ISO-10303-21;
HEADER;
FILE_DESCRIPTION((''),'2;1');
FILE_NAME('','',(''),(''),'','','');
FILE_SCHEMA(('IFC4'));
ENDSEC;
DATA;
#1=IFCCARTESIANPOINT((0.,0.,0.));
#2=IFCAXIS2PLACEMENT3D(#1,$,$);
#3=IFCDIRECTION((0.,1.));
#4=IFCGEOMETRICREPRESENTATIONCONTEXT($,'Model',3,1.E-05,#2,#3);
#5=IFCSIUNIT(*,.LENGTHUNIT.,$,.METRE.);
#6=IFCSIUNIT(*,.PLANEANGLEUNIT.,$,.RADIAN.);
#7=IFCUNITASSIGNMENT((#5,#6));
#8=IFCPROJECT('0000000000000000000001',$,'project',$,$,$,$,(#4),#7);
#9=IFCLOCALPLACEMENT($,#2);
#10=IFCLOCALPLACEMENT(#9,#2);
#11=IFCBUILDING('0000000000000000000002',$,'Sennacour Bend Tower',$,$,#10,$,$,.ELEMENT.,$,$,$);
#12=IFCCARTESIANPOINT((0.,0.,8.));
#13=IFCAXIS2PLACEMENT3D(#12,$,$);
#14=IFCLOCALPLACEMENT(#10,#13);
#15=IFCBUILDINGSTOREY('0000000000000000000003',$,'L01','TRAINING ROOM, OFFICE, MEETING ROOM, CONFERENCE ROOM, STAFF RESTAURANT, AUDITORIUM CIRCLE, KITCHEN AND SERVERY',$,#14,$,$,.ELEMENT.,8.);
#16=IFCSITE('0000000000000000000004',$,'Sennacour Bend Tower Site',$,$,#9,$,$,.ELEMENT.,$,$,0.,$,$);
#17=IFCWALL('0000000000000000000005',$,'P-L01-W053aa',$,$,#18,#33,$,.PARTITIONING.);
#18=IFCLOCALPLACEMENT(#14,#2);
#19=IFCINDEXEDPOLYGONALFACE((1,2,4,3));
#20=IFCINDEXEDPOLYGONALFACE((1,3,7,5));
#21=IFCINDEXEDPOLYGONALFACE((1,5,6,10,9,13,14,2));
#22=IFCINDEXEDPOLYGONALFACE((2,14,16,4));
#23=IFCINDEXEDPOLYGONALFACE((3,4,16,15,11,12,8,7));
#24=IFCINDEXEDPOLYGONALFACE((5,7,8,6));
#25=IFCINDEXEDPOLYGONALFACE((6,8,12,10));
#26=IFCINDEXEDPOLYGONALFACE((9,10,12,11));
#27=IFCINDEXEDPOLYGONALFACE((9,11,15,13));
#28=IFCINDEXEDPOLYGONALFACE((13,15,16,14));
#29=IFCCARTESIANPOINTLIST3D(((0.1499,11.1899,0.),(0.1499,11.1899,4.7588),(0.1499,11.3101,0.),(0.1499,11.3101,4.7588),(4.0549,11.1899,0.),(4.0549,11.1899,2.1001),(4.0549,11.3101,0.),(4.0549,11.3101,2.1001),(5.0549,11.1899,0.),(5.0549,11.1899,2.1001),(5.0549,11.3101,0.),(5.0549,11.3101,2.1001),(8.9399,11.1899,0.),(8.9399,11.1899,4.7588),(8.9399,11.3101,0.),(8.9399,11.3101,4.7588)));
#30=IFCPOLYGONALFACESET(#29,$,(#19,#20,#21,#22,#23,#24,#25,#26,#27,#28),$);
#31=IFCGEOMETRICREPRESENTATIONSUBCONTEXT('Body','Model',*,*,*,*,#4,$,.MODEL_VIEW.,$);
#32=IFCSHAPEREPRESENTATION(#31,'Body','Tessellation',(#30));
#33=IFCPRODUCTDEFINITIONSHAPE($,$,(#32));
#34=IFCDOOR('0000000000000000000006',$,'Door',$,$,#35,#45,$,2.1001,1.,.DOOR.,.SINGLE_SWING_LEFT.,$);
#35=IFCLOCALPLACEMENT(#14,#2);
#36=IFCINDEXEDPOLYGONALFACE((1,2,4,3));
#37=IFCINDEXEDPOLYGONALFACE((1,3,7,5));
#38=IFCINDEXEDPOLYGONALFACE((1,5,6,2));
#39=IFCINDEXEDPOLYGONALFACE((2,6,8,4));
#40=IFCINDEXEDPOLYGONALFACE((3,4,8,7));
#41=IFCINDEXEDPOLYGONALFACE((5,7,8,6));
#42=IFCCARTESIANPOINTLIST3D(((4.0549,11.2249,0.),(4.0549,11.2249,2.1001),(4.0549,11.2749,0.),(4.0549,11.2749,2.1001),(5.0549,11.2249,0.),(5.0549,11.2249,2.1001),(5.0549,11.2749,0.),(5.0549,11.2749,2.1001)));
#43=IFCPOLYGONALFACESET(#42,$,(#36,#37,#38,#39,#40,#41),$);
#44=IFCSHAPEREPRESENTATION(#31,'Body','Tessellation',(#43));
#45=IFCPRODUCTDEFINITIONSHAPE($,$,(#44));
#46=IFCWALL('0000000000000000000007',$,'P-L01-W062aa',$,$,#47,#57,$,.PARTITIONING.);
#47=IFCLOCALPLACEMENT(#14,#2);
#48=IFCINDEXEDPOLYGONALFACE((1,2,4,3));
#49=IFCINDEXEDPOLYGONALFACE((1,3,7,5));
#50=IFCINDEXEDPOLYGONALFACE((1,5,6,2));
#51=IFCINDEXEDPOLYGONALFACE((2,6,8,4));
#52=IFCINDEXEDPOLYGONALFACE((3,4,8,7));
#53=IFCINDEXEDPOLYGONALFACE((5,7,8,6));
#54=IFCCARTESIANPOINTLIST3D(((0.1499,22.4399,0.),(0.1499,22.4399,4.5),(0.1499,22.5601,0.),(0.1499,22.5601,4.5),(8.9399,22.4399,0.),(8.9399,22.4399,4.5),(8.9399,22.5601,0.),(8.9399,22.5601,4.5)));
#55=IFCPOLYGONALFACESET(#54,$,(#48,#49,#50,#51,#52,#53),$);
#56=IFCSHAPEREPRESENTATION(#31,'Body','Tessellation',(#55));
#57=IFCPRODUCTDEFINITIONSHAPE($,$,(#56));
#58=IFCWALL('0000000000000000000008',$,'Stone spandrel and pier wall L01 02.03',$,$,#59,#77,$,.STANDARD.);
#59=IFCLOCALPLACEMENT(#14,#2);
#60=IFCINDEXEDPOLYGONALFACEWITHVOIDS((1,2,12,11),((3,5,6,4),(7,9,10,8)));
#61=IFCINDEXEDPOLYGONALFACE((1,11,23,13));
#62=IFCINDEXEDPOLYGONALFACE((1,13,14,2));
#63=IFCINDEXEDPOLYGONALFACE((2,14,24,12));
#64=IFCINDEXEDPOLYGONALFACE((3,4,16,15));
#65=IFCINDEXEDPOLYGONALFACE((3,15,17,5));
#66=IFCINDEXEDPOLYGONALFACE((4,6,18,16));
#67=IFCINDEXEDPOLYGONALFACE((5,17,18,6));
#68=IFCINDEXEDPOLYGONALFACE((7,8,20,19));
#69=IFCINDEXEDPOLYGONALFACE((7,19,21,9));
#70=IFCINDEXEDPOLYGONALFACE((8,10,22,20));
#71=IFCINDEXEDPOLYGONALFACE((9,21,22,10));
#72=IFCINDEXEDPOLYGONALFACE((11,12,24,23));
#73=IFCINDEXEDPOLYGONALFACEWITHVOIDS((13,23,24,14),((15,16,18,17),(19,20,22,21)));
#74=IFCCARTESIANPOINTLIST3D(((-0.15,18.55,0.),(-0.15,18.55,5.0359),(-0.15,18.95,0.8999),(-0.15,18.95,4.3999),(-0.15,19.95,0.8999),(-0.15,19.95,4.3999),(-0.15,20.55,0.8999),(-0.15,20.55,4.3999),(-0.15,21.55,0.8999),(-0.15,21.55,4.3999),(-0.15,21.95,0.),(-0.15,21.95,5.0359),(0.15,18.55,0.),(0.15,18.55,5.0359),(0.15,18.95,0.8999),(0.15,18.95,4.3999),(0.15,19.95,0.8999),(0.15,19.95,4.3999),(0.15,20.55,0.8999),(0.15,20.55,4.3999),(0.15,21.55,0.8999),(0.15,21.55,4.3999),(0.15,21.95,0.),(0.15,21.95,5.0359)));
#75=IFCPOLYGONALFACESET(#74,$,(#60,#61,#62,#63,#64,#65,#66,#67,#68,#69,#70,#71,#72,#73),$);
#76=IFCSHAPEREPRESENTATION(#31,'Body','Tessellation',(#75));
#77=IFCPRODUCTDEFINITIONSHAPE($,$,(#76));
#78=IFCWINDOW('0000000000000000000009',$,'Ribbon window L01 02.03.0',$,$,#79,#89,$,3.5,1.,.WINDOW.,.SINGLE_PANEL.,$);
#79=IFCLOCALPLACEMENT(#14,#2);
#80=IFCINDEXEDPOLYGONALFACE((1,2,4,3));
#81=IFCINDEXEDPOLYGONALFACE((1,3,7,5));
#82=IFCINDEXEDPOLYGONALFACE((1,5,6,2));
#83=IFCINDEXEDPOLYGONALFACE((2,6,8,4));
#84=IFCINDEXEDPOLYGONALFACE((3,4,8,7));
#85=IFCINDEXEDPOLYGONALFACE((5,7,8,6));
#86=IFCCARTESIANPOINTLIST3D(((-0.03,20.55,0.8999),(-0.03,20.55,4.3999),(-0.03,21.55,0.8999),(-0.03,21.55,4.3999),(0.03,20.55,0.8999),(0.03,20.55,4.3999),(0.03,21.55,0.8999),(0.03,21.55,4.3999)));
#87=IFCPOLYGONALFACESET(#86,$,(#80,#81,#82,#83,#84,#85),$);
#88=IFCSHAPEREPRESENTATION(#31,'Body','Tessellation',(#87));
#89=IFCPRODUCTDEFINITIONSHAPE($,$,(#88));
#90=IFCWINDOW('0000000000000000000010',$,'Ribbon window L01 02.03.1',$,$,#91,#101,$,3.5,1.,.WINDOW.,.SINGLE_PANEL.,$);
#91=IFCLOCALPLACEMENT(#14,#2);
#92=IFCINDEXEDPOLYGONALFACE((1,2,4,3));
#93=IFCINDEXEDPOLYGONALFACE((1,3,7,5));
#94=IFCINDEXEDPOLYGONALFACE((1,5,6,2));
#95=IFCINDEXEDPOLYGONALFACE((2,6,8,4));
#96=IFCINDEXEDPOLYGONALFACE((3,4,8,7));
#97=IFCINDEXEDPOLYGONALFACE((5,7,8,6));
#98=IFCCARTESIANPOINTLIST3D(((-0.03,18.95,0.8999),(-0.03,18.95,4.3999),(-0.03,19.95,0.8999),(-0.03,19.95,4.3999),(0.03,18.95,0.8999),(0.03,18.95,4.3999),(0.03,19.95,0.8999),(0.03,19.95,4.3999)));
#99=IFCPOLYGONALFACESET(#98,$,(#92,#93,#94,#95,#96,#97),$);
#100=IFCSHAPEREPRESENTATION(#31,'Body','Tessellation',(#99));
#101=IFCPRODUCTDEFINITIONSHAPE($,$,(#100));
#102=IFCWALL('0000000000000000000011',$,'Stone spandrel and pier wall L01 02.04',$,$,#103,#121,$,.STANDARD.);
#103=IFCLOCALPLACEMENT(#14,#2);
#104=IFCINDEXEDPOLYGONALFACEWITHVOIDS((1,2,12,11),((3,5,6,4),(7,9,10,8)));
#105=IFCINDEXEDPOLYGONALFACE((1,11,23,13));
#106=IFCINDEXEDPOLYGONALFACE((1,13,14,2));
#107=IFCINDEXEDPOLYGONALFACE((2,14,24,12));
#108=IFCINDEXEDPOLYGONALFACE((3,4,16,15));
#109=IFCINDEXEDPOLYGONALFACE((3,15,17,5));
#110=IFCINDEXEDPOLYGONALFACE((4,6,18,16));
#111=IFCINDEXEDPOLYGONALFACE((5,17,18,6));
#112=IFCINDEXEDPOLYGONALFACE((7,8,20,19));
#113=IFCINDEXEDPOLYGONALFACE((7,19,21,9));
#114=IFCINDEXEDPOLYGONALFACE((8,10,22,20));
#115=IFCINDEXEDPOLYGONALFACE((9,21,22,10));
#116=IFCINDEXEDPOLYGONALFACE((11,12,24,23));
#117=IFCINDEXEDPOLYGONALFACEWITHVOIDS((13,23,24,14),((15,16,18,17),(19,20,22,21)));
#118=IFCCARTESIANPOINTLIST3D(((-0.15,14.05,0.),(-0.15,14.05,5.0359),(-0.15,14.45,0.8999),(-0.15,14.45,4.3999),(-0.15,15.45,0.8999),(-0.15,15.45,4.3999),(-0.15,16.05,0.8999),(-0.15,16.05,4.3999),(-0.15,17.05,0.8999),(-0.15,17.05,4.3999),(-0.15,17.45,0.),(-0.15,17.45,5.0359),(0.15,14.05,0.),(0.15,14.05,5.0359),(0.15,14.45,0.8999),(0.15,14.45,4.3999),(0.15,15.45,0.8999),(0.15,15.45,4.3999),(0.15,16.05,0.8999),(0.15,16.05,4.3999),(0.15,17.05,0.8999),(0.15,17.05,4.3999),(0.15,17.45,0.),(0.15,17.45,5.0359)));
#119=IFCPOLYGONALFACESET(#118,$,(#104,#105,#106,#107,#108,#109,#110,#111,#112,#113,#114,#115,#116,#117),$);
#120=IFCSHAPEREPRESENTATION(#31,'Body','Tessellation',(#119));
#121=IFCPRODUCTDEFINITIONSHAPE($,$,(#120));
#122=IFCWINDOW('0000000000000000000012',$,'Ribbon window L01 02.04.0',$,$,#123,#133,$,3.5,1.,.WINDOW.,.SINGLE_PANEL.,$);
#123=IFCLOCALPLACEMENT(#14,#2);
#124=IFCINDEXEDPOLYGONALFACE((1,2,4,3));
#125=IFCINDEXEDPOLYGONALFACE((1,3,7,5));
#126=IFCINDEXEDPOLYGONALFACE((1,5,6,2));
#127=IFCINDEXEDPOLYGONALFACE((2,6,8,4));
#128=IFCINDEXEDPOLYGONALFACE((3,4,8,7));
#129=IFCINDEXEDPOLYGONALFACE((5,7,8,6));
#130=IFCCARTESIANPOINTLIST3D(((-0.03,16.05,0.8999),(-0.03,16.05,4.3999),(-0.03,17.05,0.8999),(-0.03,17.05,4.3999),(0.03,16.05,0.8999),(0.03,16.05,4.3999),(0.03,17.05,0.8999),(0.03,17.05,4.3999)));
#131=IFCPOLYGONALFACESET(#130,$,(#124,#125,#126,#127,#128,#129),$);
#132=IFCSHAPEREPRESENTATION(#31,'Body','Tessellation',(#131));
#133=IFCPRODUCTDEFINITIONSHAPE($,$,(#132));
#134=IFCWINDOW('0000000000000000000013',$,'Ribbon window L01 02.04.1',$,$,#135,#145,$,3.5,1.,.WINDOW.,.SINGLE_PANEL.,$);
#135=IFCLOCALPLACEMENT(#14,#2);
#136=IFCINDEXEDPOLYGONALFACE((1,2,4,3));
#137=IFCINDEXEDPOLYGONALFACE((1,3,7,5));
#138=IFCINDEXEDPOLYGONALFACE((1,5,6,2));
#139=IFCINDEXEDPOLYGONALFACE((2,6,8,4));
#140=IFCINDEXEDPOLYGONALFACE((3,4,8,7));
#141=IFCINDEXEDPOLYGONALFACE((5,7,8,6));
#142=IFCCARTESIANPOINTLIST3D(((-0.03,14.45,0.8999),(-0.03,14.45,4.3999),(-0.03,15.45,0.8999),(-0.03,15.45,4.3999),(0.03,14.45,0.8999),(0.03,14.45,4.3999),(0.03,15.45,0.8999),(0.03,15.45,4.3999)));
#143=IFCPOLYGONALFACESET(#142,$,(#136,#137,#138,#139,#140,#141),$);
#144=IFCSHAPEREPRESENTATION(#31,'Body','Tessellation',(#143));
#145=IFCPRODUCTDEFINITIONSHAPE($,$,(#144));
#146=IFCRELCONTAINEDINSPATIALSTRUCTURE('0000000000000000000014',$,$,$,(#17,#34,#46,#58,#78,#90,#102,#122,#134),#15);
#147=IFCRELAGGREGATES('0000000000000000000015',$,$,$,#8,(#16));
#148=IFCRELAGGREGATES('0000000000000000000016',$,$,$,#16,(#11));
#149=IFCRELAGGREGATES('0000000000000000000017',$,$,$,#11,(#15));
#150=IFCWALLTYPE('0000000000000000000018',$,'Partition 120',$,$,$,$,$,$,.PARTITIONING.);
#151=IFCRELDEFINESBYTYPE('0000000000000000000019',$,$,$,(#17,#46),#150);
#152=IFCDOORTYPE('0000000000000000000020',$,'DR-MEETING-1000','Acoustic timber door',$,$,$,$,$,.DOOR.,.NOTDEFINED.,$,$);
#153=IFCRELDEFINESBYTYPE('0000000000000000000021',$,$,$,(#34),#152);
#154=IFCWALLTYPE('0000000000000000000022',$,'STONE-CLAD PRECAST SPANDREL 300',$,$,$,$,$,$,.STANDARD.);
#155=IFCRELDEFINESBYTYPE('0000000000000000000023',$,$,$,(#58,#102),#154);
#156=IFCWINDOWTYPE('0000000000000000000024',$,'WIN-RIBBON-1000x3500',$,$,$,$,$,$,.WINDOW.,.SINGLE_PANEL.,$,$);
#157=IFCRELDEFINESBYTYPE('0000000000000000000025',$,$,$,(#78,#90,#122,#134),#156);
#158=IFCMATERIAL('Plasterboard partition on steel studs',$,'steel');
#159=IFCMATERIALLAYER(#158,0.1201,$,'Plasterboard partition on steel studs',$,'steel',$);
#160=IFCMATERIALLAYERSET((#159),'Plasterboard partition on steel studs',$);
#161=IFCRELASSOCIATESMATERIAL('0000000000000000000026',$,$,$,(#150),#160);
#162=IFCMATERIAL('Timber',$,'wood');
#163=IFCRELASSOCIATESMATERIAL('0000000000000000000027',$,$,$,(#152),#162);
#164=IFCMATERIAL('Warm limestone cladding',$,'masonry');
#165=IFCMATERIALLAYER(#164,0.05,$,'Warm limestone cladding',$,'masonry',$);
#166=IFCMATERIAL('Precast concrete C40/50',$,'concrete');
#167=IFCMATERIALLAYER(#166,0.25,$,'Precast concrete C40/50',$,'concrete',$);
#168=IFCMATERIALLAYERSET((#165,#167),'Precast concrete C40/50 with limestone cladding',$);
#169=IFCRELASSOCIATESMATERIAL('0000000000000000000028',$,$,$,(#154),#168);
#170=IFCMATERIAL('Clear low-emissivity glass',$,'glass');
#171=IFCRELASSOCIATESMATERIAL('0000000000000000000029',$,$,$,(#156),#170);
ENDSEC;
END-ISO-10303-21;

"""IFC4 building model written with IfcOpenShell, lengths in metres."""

from ifc_helpers import new_model, si_unit, direction, frame, frame_2d, origin, place, context, subcontext, project, spatial, rectangle, extrude, material, layer, layer_set, type_object, element, fill, save


model = new_model("IFC4")

# Units and contexts
model_context = context("Model", 3, precision=1e-05, world=origin(), true_north=direction((0.0, 1.0)))
body_context = subcontext(model_context, "Body", "Model", "MODEL_VIEW")
ifc_project = project(units=[si_unit("LENGTHUNIT", "METRE"), si_unit("PLANEANGLEUNIT", "RADIAN")], contexts=[model_context])

# Site, building, storey
site_placement = place(None, origin())
site = spatial("IfcSite", under=ifc_project, at=site_placement, Name="Sennacour Bend Tower Site", CompositionType="ELEMENT", RefElevation=0.0)
building_placement = place(site_placement, origin())
building = spatial("IfcBuilding", under=site, at=building_placement, Name="Sennacour Bend Tower", CompositionType="ELEMENT")
storey_placement = place(building_placement, frame((0.0, 0.0, 8.0)))
storey = spatial("IfcBuildingStorey", under=building, at=storey_placement, Name="L01", Description="TRAINING ROOM, OFFICE, MEETING ROOM, CONFERENCE ROOM, STAFF RESTAURANT, AUDITORIUM CIRCLE, KITCHEN AND SERVERY", CompositionType="ELEMENT", Elevation=8.0)

# Wall, opening, door
ifc_material_1 = material(Name="Plasterboard partition on steel studs", Category="steel")
ifc_layer_1 = layer(ifc_material_1, 0.1201, Name="Plasterboard partition on steel studs", Category="steel")
ifc_layer_set_1 = layer_set([ifc_layer_1], Name="Plasterboard partition on steel studs")
wall_type_1 = type_object("IfcWallType", Name="Partition 120", PredefinedType="PARTITIONING", material=ifc_layer_set_1)
wall_1_placement = place(storey_placement, frame((0.1499, 11.25, 0.0), z_axis=(0.0, 0.0, 1.0), x_axis=(1.0, 0.0, 0.0)))
wall_1 = element("IfcWall", 1, at=wall_1_placement, inside=storey, type_object=wall_type_1, Name="P-L01-W053aa", PredefinedType="PARTITIONING", context=body_context, shape_type="SweptSolid", body=[
    extrude(rectangle(XDim=8.79, YDim=0.1201, at=frame_2d((4.395, 0.0))), origin(), (0.0, 0.0, 1.0), 4.7588),
])
opening_1_placement = place(wall_1_placement, frame((3.905, 0.0, 0.0)))
opening_1 = element("IfcOpeningElement", 2, at=opening_1_placement, cuts=wall_1, PredefinedType="OPENING", context=body_context, shape_type="SweptSolid", body=[
    extrude(rectangle(XDim=1.0, YDim=2.1001, at=frame_2d((0.5, 1.05))), frame((0.0, 0.0701, 0.0), z_axis=(0.0, -1.0, 0.0), x_axis=(1.0, 0.0, 0.0)), (0.0, 0.0, 1.0), 0.1401),
])
ifc_material_2 = material(Name="Timber", Category="wood")
door_type = type_object("IfcDoorType", Name="DR-MEETING-1000", Description="Acoustic timber door", OperationType="NOTDEFINED", PredefinedType="DOOR", material=ifc_material_2)
door_placement = place(opening_1_placement, origin())
door = element("IfcDoor", 3, at=door_placement, inside=storey, type_object=door_type, Name="Door", OperationType="SINGLE_SWING_LEFT", OverallHeight=2.1001, OverallWidth=1.0, PredefinedType="DOOR", context=body_context, shape_type="SweptSolid", body=[
    extrude(rectangle(XDim=1.0, YDim=2.1001, at=frame_2d((0.5, 1.05))), frame((0.0, 0.0249, 0.0), z_axis=(0.0, -1.0, 0.0), x_axis=(1.0, 0.0, 0.0)), (0.0, 0.0, 1.0), 0.05),
])
fill(opening_1, door)

# Wall
wall_2_placement = place(storey_placement, frame((0.1499, 22.5, 0.0), z_axis=(0.0, 0.0, 1.0), x_axis=(1.0, 0.0, 0.0)))
element("IfcWall", 4, at=wall_2_placement, inside=storey, type_object=wall_type_1, Name="P-L01-W062aa", PredefinedType="PARTITIONING", context=body_context, shape_type="SweptSolid", body=[
    extrude(rectangle(XDim=8.79, YDim=0.1201, at=frame_2d((4.395, 0.0))), origin(), (0.0, 0.0, 1.0), 4.5),
])

# Walls, openings, windows
ifc_material_3 = material(Name="Warm limestone cladding", Category="masonry")
ifc_layer_2 = layer(ifc_material_3, 0.05, Name="Warm limestone cladding", Category="masonry")
ifc_material_4 = material(Name="Precast concrete C40/50", Category="concrete")
ifc_layer_3 = layer(ifc_material_4, 0.25, Name="Precast concrete C40/50", Category="concrete")
ifc_layer_set_2 = layer_set([ifc_layer_2, ifc_layer_3], Name="Precast concrete C40/50 with limestone cladding")
wall_type_2 = type_object("IfcWallType", Name="STONE-CLAD PRECAST SPANDREL 300", PredefinedType="STANDARD", material=ifc_layer_set_2)
wall_3_placement = place(storey_placement, frame((0.0, 21.95, 0.0), z_axis=(0.0, 0.0, 1.0), x_axis=(0.0, -1.0, 0.0)))
wall_3 = element("IfcWall", 5, at=wall_3_placement, inside=storey, type_object=wall_type_2, Name="Stone spandrel and pier wall L01 02.03", PredefinedType="STANDARD", context=body_context, shape_type="SweptSolid", body=[
    extrude(rectangle(XDim=3.3999, YDim=0.3, at=frame_2d((1.7, 0.0))), origin(), (0.0, 0.0, 1.0), 5.0359),
])
opening_2_placement = place(wall_3_placement, frame((0.3999, 0.0, 0.8999)))
opening_2 = element("IfcOpeningElement", 6, at=opening_2_placement, cuts=wall_3, PredefinedType="OPENING", context=body_context, shape_type="SweptSolid", body=[
    extrude(rectangle(XDim=1.0, YDim=3.5, at=frame_2d((0.5, 1.75))), frame((0.0, 0.1602, 0.0), z_axis=(0.0, -1.0, 0.0), x_axis=(1.0, 0.0, 0.0)), (0.0, 0.0, 1.0), 0.3201),
])
opening_3_placement = place(wall_3_placement, frame((2.0, 0.0, 0.8999)))
opening_3 = element("IfcOpeningElement", 7, at=opening_3_placement, cuts=wall_3, PredefinedType="OPENING", context=body_context, shape_type="SweptSolid", body=[
    extrude(rectangle(XDim=1.0, YDim=3.5, at=frame_2d((0.5, 1.75))), frame((0.0, 0.1602, 0.0), z_axis=(0.0, -1.0, 0.0), x_axis=(1.0, 0.0, 0.0)), (0.0, 0.0, 1.0), 0.3201),
])
ifc_material_5 = material(Name="Clear low-emissivity glass", Category="glass")
window_type = type_object("IfcWindowType", Name="WIN-RIBBON-1000x3500", PartitioningType="SINGLE_PANEL", PredefinedType="WINDOW", material=ifc_material_5)
window_1_placement = place(opening_2_placement, origin())
window_1 = element("IfcWindow", 8, at=window_1_placement, inside=storey, type_object=window_type, Name="Ribbon window L01 02.03.0", OverallHeight=3.5, OverallWidth=1.0, PartitioningType="SINGLE_PANEL", PredefinedType="WINDOW", context=body_context, shape_type="SweptSolid", body=[
    extrude(rectangle(XDim=1.0, YDim=3.5, at=frame_2d((0.5, 1.75))), frame((0.0, 0.03, 0.0), z_axis=(0.0, -1.0, 0.0), x_axis=(1.0, 0.0, 0.0)), (0.0, 0.0, 1.0), 0.0601),
])
fill(opening_2, window_1)
window_2_placement = place(opening_3_placement, origin())
window_2 = element("IfcWindow", 9, at=window_2_placement, inside=storey, type_object=window_type, Name="Ribbon window L01 02.03.1", OverallHeight=3.5, OverallWidth=1.0, PartitioningType="SINGLE_PANEL", PredefinedType="WINDOW", context=body_context, shape_type="SweptSolid", body=[
    extrude(rectangle(XDim=1.0, YDim=3.5, at=frame_2d((0.5, 1.75))), frame((0.0, 0.03, 0.0), z_axis=(0.0, -1.0, 0.0), x_axis=(1.0, 0.0, 0.0)), (0.0, 0.0, 1.0), 0.0601),
])
fill(opening_3, window_2)
wall_4_placement = place(storey_placement, frame((0.0, 17.45, 0.0), z_axis=(0.0, 0.0, 1.0), x_axis=(0.0, -1.0, 0.0)))
wall_4 = element("IfcWall", 10, at=wall_4_placement, inside=storey, type_object=wall_type_2, Name="Stone spandrel and pier wall L01 02.04", PredefinedType="STANDARD", context=body_context, shape_type="SweptSolid", body=[
    extrude(rectangle(XDim=3.3999, YDim=0.3, at=frame_2d((1.7, 0.0))), origin(), (0.0, 0.0, 1.0), 5.0359),
])
opening_4_placement = place(wall_4_placement, frame((0.3999, 0.0, 0.8999)))
opening_4 = element("IfcOpeningElement", 11, at=opening_4_placement, cuts=wall_4, PredefinedType="OPENING", context=body_context, shape_type="SweptSolid", body=[
    extrude(rectangle(XDim=1.0, YDim=3.5, at=frame_2d((0.5, 1.75))), frame((0.0, 0.1602, 0.0), z_axis=(0.0, -1.0, 0.0), x_axis=(1.0, 0.0, 0.0)), (0.0, 0.0, 1.0), 0.3201),
])
opening_5_placement = place(wall_4_placement, frame((2.0, 0.0, 0.8999)))
opening_5 = element("IfcOpeningElement", 12, at=opening_5_placement, cuts=wall_4, PredefinedType="OPENING", context=body_context, shape_type="SweptSolid", body=[
    extrude(rectangle(XDim=1.0, YDim=3.5, at=frame_2d((0.5, 1.75))), frame((0.0, 0.1602, 0.0), z_axis=(0.0, -1.0, 0.0), x_axis=(1.0, 0.0, 0.0)), (0.0, 0.0, 1.0), 0.3201),
])
window_3_placement = place(opening_4_placement, origin())
window_3 = element("IfcWindow", 13, at=window_3_placement, inside=storey, type_object=window_type, Name="Ribbon window L01 02.04.0", OverallHeight=3.5, OverallWidth=1.0, PartitioningType="SINGLE_PANEL", PredefinedType="WINDOW", context=body_context, shape_type="SweptSolid", body=[
    extrude(rectangle(XDim=1.0, YDim=3.5, at=frame_2d((0.5, 1.75))), frame((0.0, 0.03, 0.0), z_axis=(0.0, -1.0, 0.0), x_axis=(1.0, 0.0, 0.0)), (0.0, 0.0, 1.0), 0.0601),
])
fill(opening_4, window_3)
window_4_placement = place(opening_5_placement, origin())
window_4 = element("IfcWindow", 14, at=window_4_placement, inside=storey, type_object=window_type, Name="Ribbon window L01 02.04.1", OverallHeight=3.5, OverallWidth=1.0, PartitioningType="SINGLE_PANEL", PredefinedType="WINDOW", context=body_context, shape_type="SweptSolid", body=[
    extrude(rectangle(XDim=1.0, YDim=3.5, at=frame_2d((0.5, 1.75))), frame((0.0, 0.03, 0.0), z_axis=(0.0, -1.0, 0.0), x_axis=(1.0, 0.0, 0.0)), (0.0, 0.0, 1.0), 0.0601),
])
fill(opening_5, window_4)

save(model, "model.ifc")
